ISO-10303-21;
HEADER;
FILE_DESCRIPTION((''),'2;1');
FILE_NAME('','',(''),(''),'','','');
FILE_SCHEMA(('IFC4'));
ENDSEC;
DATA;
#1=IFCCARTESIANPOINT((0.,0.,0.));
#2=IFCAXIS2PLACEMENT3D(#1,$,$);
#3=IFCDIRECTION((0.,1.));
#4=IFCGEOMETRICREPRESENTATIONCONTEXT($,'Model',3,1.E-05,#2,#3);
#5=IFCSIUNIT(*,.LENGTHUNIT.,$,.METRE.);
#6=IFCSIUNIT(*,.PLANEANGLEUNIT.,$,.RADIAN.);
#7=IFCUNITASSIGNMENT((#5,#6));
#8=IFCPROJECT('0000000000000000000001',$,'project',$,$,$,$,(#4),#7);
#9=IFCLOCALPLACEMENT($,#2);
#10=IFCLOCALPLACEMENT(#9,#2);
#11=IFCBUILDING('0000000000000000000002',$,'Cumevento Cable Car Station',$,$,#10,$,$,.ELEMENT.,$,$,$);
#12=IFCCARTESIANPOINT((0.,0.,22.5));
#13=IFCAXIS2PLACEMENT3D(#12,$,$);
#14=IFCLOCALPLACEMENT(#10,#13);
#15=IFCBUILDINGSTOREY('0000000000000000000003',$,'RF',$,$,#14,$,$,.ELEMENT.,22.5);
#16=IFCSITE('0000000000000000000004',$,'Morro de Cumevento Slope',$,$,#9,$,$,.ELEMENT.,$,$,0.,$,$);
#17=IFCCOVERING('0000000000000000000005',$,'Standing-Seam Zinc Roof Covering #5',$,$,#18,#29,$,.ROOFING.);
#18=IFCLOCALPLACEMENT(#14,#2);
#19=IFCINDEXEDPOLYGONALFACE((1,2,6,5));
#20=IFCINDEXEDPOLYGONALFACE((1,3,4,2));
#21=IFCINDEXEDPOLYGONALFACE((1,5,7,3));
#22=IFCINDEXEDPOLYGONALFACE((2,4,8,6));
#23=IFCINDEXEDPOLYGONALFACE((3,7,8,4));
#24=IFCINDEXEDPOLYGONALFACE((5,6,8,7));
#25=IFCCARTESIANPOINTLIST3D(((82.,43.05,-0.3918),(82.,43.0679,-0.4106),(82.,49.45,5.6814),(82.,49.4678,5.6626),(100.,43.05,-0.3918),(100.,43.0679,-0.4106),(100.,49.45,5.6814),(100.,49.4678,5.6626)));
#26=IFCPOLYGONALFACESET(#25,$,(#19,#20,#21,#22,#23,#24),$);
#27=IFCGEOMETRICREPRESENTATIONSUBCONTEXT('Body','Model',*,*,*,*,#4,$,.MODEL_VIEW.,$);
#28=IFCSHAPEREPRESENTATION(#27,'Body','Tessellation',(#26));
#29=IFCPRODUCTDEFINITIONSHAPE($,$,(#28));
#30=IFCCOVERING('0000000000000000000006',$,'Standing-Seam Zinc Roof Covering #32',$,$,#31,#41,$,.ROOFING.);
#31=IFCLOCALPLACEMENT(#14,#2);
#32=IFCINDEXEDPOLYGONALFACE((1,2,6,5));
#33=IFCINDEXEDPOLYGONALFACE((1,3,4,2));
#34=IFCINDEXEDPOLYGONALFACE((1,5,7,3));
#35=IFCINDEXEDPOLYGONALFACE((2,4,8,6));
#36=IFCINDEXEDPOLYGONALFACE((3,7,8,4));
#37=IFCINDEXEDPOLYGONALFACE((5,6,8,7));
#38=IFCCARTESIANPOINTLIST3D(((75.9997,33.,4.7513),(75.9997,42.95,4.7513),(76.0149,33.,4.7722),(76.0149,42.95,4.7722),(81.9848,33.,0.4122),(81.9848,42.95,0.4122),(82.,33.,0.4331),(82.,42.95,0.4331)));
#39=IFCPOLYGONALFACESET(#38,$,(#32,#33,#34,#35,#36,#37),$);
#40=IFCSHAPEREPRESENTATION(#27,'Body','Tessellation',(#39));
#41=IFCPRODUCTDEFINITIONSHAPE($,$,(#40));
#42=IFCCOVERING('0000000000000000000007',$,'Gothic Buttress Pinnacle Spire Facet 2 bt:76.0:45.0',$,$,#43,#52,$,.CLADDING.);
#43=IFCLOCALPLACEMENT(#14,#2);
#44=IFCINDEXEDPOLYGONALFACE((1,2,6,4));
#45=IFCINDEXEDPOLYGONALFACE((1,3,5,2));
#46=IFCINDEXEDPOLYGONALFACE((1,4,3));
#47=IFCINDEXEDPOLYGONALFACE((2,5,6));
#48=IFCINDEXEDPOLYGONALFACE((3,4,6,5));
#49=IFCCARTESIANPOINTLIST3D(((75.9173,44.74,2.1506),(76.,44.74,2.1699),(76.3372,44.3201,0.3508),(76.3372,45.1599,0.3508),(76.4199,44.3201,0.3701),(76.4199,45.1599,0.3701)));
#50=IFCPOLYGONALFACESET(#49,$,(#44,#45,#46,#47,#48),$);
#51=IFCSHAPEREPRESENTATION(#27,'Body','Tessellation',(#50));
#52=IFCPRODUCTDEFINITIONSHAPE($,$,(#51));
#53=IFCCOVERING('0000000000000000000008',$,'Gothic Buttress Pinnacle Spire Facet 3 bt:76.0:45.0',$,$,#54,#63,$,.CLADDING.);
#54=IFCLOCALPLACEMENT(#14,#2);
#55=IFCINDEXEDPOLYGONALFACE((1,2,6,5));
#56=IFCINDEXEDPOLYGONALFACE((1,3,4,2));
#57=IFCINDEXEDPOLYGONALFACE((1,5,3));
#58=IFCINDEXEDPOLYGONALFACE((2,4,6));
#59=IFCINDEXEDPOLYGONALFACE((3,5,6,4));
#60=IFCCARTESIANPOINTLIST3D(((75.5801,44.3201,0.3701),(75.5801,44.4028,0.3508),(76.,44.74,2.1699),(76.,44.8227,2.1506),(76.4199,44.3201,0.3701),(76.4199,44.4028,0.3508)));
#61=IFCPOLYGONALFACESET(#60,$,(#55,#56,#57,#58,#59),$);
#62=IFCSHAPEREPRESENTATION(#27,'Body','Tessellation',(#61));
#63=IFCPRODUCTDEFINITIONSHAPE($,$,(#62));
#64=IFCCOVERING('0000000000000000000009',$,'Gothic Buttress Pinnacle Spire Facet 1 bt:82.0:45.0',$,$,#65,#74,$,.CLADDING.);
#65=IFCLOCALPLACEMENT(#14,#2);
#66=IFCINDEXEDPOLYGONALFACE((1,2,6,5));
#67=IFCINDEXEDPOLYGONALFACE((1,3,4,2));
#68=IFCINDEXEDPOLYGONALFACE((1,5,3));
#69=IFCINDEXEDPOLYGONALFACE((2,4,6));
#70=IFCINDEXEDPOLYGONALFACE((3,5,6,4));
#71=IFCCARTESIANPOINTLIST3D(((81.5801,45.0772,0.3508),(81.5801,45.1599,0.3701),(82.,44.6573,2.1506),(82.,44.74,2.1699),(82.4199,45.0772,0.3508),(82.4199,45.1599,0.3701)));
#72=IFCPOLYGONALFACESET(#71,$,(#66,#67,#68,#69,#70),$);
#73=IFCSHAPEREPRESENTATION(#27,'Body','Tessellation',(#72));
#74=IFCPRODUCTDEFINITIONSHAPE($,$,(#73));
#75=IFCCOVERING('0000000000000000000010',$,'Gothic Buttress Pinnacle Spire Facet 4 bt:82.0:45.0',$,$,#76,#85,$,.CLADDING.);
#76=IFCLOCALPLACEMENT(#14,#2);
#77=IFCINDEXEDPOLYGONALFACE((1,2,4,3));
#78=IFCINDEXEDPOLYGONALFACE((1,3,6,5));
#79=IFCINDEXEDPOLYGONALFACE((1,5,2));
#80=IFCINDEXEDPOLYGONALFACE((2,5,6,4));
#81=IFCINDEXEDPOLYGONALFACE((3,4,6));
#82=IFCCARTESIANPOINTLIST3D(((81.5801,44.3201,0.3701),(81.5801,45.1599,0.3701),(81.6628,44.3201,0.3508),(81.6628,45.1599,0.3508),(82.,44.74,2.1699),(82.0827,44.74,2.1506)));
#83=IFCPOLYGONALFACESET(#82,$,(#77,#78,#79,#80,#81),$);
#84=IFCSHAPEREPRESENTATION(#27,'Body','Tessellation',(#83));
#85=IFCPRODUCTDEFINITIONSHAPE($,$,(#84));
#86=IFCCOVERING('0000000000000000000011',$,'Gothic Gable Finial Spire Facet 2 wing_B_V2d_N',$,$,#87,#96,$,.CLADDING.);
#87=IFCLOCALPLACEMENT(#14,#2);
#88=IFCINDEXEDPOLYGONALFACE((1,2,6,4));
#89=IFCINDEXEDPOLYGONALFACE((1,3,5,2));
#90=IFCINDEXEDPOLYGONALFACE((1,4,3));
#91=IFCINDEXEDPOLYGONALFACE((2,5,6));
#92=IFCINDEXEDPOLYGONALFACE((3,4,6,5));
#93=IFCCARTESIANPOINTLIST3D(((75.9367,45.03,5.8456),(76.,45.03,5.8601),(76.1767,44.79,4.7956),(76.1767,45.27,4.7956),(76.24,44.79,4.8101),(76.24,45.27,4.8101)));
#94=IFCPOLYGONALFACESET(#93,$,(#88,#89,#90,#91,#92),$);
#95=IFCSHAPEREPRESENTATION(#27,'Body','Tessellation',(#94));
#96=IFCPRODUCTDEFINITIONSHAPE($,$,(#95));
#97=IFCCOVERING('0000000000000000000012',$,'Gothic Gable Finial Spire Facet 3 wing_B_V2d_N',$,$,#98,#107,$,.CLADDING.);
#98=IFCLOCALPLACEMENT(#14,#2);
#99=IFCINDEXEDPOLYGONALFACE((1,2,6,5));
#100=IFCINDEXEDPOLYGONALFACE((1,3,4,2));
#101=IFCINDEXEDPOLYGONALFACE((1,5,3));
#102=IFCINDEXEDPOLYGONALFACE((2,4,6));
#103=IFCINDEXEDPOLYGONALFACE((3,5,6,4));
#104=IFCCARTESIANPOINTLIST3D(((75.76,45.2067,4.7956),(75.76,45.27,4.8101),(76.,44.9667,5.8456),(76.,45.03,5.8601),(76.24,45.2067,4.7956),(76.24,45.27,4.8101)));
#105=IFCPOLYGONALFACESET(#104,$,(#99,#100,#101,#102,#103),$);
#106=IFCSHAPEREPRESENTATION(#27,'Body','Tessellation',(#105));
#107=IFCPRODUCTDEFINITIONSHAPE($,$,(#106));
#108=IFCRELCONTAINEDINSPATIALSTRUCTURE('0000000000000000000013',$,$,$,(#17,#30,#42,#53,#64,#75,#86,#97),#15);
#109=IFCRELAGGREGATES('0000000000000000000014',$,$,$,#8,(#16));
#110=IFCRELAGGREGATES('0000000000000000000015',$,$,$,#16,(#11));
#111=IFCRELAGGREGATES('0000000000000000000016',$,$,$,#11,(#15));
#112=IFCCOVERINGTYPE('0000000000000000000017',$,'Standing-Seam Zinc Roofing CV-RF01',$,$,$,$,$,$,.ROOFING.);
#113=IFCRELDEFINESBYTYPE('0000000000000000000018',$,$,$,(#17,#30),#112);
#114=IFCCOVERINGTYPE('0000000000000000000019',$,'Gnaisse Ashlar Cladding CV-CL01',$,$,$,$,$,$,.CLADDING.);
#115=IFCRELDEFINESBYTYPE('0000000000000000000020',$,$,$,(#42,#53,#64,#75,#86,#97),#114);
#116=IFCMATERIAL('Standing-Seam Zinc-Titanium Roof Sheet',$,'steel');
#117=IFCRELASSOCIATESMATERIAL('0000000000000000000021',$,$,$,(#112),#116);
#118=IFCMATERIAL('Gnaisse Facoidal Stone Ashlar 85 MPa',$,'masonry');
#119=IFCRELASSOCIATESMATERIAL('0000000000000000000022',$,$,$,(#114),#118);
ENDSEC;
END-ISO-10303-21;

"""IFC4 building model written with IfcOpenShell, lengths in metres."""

from ifc_helpers import new_model, si_unit, direction, frame, origin, place, context, subcontext, project, spatial, polyline, outline, extrude, material, type_object, element, save


model = new_model("IFC4")

# Units and contexts
model_context = context("Model", 3, precision=1e-05, world=origin(), true_north=direction((0.0, 1.0)))
body_context = subcontext(model_context, "Body", "Model", "MODEL_VIEW")
ifc_project = project(units=[si_unit("LENGTHUNIT", "METRE"), si_unit("PLANEANGLEUNIT", "RADIAN")], contexts=[model_context])

# Site, building, storey
site_placement = place(None, origin())
site = spatial("IfcSite", under=ifc_project, at=site_placement, Name="Morro de Cumevento Slope", CompositionType="ELEMENT", RefElevation=0.0)
building_placement = place(site_placement, origin())
building = spatial("IfcBuilding", under=site, at=building_placement, Name="Cumevento Cable Car Station", CompositionType="ELEMENT")
storey_placement = place(building_placement, frame((0.0, 0.0, 22.5)))
storey = spatial("IfcBuildingStorey", under=building, at=storey_placement, Name="RF", CompositionType="ELEMENT", Elevation=22.5)

# Coverings
ifc_material_1 = material(Name="Standing-Seam Zinc-Titanium Roof Sheet", Category="steel")
covering_type_1 = type_object("IfcCoveringType", Name="Standing-Seam Zinc Roofing CV-RF01", PredefinedType="ROOFING", material=ifc_material_1)
covering_1_placement = place(storey_placement, frame((82.0, 43.05, -0.3918), z_axis=(0.0, -0.688352, 0.725377), x_axis=(1.0, 0.0, 0.0)))
element("IfcCovering", 1, at=covering_1_placement, inside=storey, type_object=covering_type_1, Name="Standing-Seam Zinc Roof Covering #5", PredefinedType="ROOFING", context=body_context, shape_type="SweptSolid", body=[
    extrude(outline(polyline([(0.0, 0.0), (18.0, 0.0), (18.0, 8.8229), (0.0, 8.8229), (0.0, 0.0)])), origin(), (0.0, 0.0, -1.0), 0.0259),
])
covering_2_placement = place(storey_placement, frame((76.0149, 42.95, 4.7722), z_axis=(0.586959, 0.0, 0.809616), x_axis=(0.0, -1.0, 0.0)))
element("IfcCovering", 2, at=covering_2_placement, inside=storey, type_object=covering_type_1, Name="Standing-Seam Zinc Roof Covering #32", PredefinedType="ROOFING", context=body_context, shape_type="SweptSolid", body=[
    extrude(outline(polyline([(0.0, 0.0), (9.95, 0.0), (9.95, 7.3925), (0.0, 7.3925), (0.0, 0.0)])), origin(), (0.0, 0.0, -1.0), 0.0259),
])
ifc_material_2 = material(Name="Gnaisse Facoidal Stone Ashlar 85 MPa", Category="masonry")
covering_type_2 = type_object("IfcCoveringType", Name="Gnaisse Ashlar Cladding CV-CL01", PredefinedType="CLADDING", material=ifc_material_2)
for number, where, z_axis, x_axis, name in (
    (3, (76.4199, 45.1599, 0.3701), (0.973845, 0.0, 0.227213), (0.0, -1.0, 0.0), "Gothic Buttress Pinnacle Spire Facet 2 bt:76.0:45.0"),
    (4, (76.4199, 44.3201, 0.3701), (0.0, -0.973845, 0.227213), (-1.0, 0.0, 0.0), "Gothic Buttress Pinnacle Spire Facet 3 bt:76.0:45.0"),
    (5, (81.5801, 45.1599, 0.3701), (0.0, 0.973845, 0.227213), (1.0, 0.0, 0.0), "Gothic Buttress Pinnacle Spire Facet 1 bt:82.0:45.0"),
    (6, (81.5801, 44.3201, 0.3701), (-0.973845, 0.0, 0.227213), (0.0, 1.0, 0.0), "Gothic Buttress Pinnacle Spire Facet 4 bt:82.0:45.0"),
):
    element("IfcCovering", number, at=place(storey_placement, frame(where, z_axis=z_axis, x_axis=x_axis)), inside=storey, type_object=covering_type_2, Name=name, PredefinedType="CLADDING", context=body_context, shape_type="SweptSolid", body=[
        extrude(outline(polyline([(0.0, 0.0), (0.8398, 0.0), (0.4199, -1.8481), (0.0, 0.0)])), origin(), (0.0, 0.0, -1.0), 0.085),
    ])
for number, where, z_axis, x_axis, name in (
    (7, (76.24, 44.79, 4.8101), (0.974863, 0.0, 0.222806), (0.0, 1.0, 0.0), "Gothic Gable Finial Spire Facet 2 wing_B_V2d_N"),
    (8, (76.24, 45.27, 4.8101), (0.0, 0.974863, 0.222806), (-1.0, 0.0, 0.0), "Gothic Gable Finial Spire Facet 3 wing_B_V2d_N"),
):
    element("IfcCovering", number, at=place(storey_placement, frame(where, z_axis=z_axis, x_axis=x_axis)), inside=storey, type_object=covering_type_2, Name=name, PredefinedType="CLADDING", context=body_context, shape_type="SweptSolid", body=[
        extrude(outline(polyline([(0.0, 0.0), (0.48, 0.0), (0.24, 1.0771), (0.0, 0.0)])), origin(), (0.0, 0.0, -1.0), 0.0649),
    ])

save(model, "model.ifc")
